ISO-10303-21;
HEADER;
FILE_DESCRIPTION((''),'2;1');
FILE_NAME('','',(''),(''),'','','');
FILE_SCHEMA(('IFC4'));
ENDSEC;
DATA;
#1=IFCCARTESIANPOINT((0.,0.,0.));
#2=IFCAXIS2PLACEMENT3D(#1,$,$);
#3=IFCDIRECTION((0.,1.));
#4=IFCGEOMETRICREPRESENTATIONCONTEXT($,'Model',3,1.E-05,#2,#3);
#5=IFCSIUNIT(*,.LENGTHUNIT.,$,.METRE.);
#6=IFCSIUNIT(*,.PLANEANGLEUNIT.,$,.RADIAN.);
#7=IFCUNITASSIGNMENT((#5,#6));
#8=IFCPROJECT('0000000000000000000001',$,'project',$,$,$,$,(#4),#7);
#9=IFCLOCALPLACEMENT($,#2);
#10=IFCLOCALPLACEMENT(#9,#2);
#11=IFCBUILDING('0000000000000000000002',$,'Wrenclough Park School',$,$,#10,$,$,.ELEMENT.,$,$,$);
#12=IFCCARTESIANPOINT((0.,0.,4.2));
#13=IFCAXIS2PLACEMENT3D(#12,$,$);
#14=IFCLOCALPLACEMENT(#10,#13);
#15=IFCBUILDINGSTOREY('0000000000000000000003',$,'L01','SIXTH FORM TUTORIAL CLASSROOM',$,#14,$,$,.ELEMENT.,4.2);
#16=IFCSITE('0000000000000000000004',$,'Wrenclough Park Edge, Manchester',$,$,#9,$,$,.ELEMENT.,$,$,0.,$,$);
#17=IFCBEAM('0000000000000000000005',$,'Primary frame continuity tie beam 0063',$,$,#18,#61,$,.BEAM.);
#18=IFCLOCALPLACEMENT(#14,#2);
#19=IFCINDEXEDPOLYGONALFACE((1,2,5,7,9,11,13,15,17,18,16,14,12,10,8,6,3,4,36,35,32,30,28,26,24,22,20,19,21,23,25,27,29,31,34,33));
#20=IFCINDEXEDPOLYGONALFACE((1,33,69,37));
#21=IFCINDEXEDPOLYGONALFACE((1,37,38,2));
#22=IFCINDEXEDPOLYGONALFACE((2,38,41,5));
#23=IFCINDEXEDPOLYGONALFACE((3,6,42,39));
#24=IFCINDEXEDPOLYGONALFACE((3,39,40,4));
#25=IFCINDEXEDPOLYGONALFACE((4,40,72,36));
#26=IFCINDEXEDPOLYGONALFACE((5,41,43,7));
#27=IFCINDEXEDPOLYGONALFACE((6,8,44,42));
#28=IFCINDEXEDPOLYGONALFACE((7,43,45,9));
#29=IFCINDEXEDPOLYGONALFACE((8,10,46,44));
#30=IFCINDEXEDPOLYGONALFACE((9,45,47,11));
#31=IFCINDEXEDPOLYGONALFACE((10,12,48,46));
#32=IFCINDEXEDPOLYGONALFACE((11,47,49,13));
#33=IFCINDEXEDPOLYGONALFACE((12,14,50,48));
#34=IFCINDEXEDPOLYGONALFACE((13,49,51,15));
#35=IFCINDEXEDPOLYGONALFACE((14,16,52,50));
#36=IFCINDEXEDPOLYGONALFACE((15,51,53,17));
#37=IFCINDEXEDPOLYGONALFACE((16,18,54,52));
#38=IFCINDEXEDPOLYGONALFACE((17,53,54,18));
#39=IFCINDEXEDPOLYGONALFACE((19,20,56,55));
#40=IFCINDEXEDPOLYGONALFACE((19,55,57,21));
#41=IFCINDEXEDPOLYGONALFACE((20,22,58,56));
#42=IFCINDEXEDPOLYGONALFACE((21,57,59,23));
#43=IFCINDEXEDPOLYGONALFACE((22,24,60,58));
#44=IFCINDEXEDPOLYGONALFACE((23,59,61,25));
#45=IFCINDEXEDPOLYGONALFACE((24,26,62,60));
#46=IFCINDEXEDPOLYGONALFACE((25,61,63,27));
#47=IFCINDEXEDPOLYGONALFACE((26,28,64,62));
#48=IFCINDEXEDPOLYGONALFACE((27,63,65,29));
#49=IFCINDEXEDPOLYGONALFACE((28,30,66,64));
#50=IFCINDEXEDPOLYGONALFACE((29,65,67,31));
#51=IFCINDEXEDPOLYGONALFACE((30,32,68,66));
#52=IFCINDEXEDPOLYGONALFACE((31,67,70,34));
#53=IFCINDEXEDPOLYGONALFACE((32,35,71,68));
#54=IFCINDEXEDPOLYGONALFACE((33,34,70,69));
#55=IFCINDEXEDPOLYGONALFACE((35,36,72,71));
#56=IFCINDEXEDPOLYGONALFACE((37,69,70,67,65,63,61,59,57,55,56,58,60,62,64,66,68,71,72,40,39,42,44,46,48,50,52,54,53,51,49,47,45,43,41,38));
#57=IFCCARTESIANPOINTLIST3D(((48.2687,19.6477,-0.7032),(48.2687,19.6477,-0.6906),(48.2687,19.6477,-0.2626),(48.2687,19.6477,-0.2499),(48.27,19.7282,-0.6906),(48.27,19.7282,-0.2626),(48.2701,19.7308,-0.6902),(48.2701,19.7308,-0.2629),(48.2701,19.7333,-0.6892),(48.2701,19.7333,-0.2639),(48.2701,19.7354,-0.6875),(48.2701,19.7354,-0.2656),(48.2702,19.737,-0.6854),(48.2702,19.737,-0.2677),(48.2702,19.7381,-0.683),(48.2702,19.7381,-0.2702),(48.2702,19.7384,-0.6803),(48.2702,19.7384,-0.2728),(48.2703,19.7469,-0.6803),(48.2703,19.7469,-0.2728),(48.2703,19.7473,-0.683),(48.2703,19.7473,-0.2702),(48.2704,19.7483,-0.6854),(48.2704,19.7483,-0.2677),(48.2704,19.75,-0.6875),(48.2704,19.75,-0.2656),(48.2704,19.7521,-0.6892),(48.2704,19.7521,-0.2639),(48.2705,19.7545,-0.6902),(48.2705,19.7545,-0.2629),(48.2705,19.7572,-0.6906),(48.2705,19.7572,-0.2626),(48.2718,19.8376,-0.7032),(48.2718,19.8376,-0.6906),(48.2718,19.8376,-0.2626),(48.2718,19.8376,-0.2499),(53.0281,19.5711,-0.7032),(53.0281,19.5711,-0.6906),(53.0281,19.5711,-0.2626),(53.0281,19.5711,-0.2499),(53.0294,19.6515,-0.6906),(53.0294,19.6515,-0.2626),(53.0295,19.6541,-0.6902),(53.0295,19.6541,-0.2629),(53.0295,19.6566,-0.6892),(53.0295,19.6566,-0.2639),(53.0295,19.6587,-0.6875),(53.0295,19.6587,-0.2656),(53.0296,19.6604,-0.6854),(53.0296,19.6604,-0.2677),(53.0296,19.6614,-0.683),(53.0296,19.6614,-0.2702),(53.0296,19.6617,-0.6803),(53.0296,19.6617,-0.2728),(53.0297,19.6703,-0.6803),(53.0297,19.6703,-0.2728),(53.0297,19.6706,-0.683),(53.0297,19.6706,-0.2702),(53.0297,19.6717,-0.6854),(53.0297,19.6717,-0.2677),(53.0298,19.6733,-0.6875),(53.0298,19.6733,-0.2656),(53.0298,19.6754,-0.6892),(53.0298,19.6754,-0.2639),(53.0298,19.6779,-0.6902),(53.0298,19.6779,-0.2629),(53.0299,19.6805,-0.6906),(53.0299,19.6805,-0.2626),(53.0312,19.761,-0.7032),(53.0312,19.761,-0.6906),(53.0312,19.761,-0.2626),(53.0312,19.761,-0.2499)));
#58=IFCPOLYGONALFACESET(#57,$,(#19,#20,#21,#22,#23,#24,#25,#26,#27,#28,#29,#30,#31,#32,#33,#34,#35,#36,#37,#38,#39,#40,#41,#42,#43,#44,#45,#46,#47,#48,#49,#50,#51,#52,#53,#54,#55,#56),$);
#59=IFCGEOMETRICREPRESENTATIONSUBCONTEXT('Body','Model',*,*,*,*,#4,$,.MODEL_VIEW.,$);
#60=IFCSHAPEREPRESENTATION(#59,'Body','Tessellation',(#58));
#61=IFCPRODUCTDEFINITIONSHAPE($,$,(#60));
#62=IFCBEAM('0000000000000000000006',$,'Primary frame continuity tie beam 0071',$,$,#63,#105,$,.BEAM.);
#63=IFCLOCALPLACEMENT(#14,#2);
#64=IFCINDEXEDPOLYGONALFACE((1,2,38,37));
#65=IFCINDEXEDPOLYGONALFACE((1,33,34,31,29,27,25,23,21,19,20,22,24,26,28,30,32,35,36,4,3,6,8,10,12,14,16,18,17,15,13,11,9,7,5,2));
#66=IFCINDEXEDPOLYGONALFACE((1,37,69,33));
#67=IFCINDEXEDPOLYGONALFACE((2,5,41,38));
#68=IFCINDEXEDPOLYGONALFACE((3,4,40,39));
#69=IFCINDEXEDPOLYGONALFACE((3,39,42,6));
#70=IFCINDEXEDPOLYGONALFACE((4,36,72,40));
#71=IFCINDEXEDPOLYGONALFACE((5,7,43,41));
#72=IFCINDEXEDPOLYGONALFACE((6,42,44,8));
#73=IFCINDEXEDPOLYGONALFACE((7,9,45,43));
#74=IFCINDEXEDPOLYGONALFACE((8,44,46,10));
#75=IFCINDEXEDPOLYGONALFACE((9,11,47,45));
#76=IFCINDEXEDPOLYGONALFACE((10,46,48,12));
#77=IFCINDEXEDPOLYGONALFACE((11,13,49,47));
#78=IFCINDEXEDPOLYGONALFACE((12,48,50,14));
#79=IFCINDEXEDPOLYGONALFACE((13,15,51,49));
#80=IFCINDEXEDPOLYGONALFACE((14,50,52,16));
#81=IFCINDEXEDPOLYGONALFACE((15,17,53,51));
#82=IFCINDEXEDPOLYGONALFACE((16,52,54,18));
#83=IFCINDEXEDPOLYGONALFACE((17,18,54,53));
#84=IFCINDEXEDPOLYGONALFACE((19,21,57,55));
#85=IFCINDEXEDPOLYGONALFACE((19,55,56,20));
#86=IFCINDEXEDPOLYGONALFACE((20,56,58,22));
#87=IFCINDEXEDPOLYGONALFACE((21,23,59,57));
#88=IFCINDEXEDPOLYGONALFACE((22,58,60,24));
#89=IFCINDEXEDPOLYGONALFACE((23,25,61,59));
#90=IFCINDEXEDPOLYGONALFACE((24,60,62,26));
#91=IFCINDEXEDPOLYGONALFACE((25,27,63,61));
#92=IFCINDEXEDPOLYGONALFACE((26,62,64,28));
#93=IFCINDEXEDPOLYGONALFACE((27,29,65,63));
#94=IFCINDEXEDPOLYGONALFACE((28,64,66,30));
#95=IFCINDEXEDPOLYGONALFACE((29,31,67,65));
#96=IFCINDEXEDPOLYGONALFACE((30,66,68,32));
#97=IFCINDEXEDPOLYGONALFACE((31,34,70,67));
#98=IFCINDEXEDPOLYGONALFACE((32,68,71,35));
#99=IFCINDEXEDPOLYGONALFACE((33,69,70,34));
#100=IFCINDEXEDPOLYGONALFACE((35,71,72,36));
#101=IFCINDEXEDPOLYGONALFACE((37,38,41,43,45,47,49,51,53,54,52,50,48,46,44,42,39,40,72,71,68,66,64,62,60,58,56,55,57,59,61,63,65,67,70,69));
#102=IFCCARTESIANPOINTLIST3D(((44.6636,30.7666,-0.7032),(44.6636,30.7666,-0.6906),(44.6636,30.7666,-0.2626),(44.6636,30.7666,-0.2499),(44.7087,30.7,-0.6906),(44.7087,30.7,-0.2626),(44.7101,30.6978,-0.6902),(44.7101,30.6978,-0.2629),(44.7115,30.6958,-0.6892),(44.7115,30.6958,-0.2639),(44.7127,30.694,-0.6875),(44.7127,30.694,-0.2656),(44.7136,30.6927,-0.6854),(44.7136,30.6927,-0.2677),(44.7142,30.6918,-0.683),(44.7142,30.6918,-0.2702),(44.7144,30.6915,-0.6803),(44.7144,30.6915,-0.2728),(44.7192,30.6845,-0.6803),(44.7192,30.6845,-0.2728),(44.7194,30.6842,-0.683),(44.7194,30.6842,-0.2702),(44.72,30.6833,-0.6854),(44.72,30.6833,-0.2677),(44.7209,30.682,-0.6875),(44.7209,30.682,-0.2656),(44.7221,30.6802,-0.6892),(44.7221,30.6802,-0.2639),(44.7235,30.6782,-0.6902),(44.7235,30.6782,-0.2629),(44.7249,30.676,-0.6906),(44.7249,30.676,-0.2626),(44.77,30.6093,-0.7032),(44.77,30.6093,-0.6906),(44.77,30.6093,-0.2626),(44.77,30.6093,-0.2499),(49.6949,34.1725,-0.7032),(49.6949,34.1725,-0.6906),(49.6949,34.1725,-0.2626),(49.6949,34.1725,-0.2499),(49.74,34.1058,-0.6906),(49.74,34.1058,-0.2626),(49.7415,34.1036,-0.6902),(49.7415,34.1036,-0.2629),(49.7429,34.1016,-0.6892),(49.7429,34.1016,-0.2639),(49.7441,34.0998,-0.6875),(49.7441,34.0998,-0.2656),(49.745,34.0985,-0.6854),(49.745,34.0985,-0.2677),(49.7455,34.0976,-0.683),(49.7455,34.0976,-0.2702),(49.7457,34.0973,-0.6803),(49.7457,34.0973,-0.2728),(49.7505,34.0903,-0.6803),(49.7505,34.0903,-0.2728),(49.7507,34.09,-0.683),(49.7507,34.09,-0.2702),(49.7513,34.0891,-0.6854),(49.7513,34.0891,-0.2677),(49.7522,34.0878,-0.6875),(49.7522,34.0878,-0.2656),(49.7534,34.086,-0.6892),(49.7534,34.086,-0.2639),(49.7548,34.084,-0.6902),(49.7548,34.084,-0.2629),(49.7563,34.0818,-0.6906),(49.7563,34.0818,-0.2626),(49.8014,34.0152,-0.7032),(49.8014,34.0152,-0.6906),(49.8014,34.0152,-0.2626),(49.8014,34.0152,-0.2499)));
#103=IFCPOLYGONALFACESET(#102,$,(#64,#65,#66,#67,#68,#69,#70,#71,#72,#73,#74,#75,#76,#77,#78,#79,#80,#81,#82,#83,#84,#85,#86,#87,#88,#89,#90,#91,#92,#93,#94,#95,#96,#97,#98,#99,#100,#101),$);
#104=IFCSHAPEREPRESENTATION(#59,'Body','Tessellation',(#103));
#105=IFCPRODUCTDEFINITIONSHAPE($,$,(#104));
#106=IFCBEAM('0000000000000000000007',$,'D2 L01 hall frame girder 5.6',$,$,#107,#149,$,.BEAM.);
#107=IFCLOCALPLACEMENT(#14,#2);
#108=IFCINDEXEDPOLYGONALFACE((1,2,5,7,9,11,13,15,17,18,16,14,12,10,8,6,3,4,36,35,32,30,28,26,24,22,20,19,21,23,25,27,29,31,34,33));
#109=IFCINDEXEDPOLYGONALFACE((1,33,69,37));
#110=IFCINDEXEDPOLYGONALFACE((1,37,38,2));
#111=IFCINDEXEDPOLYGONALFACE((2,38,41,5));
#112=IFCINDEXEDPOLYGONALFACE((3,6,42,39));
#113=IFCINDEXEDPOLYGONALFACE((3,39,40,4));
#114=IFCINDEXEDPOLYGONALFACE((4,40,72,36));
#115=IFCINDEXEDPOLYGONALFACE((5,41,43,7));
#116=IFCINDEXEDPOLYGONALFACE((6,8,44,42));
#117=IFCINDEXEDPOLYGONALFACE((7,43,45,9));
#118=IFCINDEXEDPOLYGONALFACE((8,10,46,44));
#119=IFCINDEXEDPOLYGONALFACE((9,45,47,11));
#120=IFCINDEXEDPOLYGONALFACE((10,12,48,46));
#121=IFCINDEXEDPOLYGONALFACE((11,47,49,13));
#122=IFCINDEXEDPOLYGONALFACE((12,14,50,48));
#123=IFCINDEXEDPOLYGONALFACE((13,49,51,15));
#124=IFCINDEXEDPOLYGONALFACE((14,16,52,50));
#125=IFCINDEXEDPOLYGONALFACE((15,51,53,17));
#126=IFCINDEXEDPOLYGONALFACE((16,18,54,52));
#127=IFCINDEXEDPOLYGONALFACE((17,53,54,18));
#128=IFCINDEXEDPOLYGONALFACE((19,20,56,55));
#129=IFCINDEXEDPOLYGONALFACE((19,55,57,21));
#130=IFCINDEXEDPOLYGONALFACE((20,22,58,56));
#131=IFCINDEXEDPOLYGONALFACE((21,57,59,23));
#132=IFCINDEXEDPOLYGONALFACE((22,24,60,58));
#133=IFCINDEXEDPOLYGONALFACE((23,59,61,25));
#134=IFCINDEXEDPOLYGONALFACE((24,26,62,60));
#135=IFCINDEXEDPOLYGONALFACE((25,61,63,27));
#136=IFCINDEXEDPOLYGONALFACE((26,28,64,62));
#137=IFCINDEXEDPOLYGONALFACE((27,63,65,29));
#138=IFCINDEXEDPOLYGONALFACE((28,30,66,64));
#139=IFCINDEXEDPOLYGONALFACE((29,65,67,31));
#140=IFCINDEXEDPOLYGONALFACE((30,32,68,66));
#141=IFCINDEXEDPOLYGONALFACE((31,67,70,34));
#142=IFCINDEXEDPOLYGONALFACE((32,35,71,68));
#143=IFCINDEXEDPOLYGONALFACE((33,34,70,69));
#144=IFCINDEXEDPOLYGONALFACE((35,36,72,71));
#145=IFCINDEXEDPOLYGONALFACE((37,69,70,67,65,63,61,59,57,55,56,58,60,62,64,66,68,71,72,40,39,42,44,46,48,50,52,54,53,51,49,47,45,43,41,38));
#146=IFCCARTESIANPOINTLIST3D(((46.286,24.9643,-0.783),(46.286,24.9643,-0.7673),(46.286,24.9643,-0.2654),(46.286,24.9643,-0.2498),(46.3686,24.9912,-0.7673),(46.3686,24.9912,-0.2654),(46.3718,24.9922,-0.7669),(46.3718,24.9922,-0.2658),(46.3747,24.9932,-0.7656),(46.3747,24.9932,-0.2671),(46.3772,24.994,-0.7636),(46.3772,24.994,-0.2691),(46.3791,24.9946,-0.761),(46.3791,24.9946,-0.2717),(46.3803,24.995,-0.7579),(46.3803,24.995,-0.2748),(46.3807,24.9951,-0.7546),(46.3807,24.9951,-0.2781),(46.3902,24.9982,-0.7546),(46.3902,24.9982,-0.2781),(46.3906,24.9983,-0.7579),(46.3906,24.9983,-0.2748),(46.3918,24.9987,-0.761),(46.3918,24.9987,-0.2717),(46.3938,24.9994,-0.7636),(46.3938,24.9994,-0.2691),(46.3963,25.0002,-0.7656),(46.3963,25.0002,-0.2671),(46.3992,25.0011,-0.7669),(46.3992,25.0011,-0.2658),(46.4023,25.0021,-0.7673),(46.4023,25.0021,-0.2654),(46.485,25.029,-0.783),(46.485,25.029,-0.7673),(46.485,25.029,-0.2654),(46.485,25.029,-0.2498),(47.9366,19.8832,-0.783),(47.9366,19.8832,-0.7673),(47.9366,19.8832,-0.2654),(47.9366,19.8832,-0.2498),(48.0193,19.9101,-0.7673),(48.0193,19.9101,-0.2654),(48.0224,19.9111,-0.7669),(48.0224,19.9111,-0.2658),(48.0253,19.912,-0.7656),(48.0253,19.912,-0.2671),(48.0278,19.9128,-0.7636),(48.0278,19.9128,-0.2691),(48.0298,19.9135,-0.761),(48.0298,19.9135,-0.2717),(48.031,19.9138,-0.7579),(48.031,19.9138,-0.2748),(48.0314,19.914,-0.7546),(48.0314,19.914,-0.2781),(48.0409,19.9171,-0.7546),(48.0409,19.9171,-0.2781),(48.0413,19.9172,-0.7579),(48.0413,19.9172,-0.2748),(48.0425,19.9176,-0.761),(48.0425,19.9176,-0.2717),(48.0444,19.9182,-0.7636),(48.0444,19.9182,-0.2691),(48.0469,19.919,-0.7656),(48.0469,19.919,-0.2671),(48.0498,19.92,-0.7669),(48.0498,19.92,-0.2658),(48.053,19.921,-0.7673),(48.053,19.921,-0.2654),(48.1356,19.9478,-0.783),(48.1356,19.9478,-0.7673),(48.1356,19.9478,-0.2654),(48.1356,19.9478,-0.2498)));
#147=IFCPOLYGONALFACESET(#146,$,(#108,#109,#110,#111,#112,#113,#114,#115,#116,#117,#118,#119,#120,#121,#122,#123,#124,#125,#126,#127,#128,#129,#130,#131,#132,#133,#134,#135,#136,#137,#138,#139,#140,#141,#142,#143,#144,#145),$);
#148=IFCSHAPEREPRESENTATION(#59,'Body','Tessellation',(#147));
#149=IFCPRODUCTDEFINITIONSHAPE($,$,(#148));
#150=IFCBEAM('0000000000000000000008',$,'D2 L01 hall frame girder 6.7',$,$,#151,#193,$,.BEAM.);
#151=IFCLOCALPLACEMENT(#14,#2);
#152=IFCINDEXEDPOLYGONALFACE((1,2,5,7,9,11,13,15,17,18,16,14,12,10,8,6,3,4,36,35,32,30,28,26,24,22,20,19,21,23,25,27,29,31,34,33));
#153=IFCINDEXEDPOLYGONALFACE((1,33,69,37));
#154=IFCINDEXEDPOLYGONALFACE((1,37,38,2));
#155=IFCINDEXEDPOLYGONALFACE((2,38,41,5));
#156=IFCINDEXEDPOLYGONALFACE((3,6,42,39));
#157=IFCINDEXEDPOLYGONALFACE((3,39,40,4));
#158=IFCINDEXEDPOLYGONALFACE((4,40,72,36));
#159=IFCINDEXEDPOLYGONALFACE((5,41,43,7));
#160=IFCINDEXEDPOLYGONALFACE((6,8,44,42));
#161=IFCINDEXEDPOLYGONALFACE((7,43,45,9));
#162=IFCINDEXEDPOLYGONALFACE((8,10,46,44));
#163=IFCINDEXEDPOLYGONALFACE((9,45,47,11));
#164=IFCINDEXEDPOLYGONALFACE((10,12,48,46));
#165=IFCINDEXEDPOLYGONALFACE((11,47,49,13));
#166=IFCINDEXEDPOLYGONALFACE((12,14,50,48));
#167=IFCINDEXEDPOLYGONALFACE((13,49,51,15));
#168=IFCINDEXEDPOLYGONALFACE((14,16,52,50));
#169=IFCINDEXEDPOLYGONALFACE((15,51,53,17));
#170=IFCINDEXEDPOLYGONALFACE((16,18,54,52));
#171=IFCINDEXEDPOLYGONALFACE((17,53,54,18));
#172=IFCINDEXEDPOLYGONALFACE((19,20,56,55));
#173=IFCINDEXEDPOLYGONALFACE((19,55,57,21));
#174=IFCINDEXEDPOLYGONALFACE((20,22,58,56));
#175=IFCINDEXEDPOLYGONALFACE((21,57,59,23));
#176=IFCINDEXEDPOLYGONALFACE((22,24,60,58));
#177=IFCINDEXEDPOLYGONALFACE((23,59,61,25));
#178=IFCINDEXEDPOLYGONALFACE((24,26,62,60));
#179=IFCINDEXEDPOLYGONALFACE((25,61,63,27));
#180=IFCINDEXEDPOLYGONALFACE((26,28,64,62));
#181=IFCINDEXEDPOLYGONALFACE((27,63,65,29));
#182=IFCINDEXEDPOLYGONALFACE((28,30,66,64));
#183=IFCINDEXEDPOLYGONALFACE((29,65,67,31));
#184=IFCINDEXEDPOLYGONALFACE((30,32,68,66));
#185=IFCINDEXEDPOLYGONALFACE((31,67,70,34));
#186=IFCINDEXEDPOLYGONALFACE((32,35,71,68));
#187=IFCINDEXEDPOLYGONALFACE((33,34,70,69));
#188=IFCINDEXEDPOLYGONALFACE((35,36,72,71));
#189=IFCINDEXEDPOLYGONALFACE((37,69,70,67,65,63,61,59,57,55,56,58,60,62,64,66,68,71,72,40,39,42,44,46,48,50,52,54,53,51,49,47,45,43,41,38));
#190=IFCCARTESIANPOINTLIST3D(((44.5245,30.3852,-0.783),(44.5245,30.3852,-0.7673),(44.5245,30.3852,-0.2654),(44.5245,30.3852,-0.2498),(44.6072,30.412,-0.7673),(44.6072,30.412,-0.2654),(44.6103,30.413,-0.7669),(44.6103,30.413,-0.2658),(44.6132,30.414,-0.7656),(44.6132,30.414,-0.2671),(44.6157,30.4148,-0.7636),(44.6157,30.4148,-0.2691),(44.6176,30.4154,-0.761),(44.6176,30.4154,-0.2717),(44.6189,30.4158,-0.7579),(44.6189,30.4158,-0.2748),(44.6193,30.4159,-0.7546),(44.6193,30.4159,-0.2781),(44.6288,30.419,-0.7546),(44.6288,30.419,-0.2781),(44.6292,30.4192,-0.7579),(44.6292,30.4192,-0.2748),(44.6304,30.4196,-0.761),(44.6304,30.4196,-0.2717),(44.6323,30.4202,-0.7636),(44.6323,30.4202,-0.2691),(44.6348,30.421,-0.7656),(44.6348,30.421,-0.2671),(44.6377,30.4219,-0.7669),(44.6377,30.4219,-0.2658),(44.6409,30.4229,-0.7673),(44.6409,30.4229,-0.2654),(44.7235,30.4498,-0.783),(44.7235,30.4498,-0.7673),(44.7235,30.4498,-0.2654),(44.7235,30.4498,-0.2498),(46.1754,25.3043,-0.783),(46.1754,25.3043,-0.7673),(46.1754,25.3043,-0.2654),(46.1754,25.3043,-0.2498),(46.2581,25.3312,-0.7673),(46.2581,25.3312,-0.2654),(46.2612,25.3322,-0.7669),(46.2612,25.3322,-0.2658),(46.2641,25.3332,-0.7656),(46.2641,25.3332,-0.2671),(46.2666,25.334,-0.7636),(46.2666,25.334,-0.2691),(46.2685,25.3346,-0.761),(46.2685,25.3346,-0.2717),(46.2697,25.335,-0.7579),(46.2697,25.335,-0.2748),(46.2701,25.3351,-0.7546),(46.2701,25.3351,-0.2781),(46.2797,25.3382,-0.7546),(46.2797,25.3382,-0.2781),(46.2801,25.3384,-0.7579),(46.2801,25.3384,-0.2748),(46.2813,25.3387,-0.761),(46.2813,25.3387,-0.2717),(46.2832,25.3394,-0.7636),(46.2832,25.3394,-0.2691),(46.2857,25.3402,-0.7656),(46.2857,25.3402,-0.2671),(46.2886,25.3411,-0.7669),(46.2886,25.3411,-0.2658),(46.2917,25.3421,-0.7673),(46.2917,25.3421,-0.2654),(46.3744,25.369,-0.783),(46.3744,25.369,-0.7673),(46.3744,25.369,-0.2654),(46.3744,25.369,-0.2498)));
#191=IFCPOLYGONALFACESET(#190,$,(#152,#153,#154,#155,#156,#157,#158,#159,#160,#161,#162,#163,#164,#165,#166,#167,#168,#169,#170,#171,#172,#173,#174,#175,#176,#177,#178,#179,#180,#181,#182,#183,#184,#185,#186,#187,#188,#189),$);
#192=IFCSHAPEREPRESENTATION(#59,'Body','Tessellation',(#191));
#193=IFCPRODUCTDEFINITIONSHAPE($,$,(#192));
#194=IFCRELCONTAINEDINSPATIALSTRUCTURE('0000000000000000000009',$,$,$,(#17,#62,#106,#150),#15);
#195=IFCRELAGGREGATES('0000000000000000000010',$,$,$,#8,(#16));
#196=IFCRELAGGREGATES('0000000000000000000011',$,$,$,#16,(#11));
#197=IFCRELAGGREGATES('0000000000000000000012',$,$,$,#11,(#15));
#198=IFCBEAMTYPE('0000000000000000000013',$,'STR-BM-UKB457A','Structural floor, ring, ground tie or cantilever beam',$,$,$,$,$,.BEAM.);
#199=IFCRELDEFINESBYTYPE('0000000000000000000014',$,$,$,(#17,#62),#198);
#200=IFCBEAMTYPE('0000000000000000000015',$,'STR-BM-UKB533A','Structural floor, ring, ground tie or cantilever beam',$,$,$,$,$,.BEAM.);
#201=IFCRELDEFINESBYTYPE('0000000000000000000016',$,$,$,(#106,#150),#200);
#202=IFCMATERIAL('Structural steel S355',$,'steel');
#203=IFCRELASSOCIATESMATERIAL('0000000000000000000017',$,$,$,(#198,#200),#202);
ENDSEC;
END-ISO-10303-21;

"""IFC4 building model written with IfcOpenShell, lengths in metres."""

from ifc_helpers import new_model, si_unit, direction, frame, origin, origin_2d, place, context, subcontext, project, spatial, i_section, extrude, material, material_profile, profile_set, type_object, element, save


model = new_model("IFC4")

# Units and contexts
model_context = context("Model", 3, precision=1e-05, world=origin(), true_north=direction((0.0, 1.0)))
body_context = subcontext(model_context, "Body", "Model", "MODEL_VIEW")
ifc_project = project(units=[si_unit("LENGTHUNIT", "METRE"), si_unit("PLANEANGLEUNIT", "RADIAN")], contexts=[model_context])

# Site, building, storey
site_placement = place(None, origin())
site = spatial("IfcSite", under=ifc_project, at=site_placement, Name="Wrenclough Park Edge, Manchester", CompositionType="ELEMENT", RefElevation=0.0)
building_placement = place(site_placement, origin())
building = spatial("IfcBuilding", under=site, at=building_placement, Name="Wrenclough Park School", CompositionType="ELEMENT")
storey_placement = place(building_placement, frame((0.0, 0.0, 4.2)))
storey = spatial("IfcBuildingStorey", under=building, at=storey_placement, Name="L01", Description="SIXTH FORM TUTORIAL CLASSROOM", CompositionType="ELEMENT", Elevation=4.2)

# Shared definitions
ifc_material_1 = material(Name="Structural steel S355", Category="steel")

# Beams
ifc_material_profile_1 = material_profile(ifc_material_1, i_section(OverallWidth=0.1899, OverallDepth=0.4534, WebThickness=0.0085, FlangeThickness=0.0127, FilletRadius=0.0103, at=origin_2d()), Name="UKB 457x191x67")
ifc_profile_set_1 = profile_set([ifc_material_profile_1], Name="Structural steel S355")
beam_type_1 = type_object("IfcBeamType", Name="STR-BM-UKB457A", Description="Structural floor, ring, ground tie or cantilever beam", PredefinedType="BEAM", material=ifc_profile_set_1)
beam_1_placement = place(storey_placement, frame((48.2703, 19.7427, -0.4766), z_axis=(0.99987, -0.016105, 0.0), x_axis=(0.016105, 0.99987, 0.0)))
element("IfcBeam", 1, at=beam_1_placement, inside=storey, type_object=beam_type_1, Name="Primary frame continuity tie beam 0063", PredefinedType="BEAM", context=body_context, shape_type="SweptSolid", body=[
    extrude(i_section(OverallWidth=0.1899, OverallDepth=0.4534, WebThickness=0.0085, FlangeThickness=0.0127, FilletRadius=0.0103, at=origin_2d()), origin(), (0.0, 0.0, 1.0), 4.76),
])
beam_2_placement = place(storey_placement, frame((44.7168, 30.688, -0.4766), z_axis=(0.82811, 0.560566, 0.0), x_axis=(-0.560566, 0.82811, 0.0)))
element("IfcBeam", 2, at=beam_2_placement, inside=storey, type_object=beam_type_1, Name="Primary frame continuity tie beam 0071", PredefinedType="BEAM", context=body_context, shape_type="SweptSolid", body=[
    extrude(i_section(OverallWidth=0.1899, OverallDepth=0.4534, WebThickness=0.0085, FlangeThickness=0.0127, FilletRadius=0.0103, at=origin_2d()), origin(), (0.0, 0.0, 1.0), 6.0757),
])
ifc_material_profile_2 = material_profile(ifc_material_1, i_section(OverallWidth=0.2092, OverallDepth=0.5332, WebThickness=0.01, FlangeThickness=0.0156, FilletRadius=0.0127, at=origin_2d()), Name="UKB 533x210x92")
ifc_profile_set_2 = profile_set([ifc_material_profile_2], Name="Structural steel S355")
beam_type_2 = type_object("IfcBeamType", Name="STR-BM-UKB533A", Description="Structural floor, ring, ground tie or cantilever beam", PredefinedType="BEAM", material=ifc_profile_set_2)
beam_3_placement = place(storey_placement, frame((48.0361, 19.9155, -0.5164), z_axis=(-0.308966, 0.951073, 0.0), x_axis=(-0.951073, -0.308966, 0.0)))
element("IfcBeam", 3, at=beam_3_placement, inside=storey, type_object=beam_type_2, Name="D2 L01 hall frame girder 5.6", PredefinedType="BEAM", context=body_context, shape_type="SweptSolid", body=[
    extrude(i_section(OverallWidth=0.2092, OverallDepth=0.5332, WebThickness=0.01, FlangeThickness=0.0156, FilletRadius=0.0127, at=origin_2d()), origin(), (0.0, 0.0, 1.0), 5.3425),
])
beam_4_placement = place(storey_placement, frame((46.2749, 25.3367, -0.5164), z_axis=(-0.309021, 0.951055, 0.0), x_axis=(-0.951055, -0.309021, 0.0)))
element("IfcBeam", 4, at=beam_4_placement, inside=storey, type_object=beam_type_2, Name="D2 L01 hall frame girder 6.7", PredefinedType="BEAM", context=body_context, shape_type="SweptSolid", body=[
    extrude(i_section(OverallWidth=0.2092, OverallDepth=0.5332, WebThickness=0.01, FlangeThickness=0.0156, FilletRadius=0.0127, at=origin_2d()), origin(), (0.0, 0.0, 1.0), 5.3423),
])

save(model, "model.ifc")
